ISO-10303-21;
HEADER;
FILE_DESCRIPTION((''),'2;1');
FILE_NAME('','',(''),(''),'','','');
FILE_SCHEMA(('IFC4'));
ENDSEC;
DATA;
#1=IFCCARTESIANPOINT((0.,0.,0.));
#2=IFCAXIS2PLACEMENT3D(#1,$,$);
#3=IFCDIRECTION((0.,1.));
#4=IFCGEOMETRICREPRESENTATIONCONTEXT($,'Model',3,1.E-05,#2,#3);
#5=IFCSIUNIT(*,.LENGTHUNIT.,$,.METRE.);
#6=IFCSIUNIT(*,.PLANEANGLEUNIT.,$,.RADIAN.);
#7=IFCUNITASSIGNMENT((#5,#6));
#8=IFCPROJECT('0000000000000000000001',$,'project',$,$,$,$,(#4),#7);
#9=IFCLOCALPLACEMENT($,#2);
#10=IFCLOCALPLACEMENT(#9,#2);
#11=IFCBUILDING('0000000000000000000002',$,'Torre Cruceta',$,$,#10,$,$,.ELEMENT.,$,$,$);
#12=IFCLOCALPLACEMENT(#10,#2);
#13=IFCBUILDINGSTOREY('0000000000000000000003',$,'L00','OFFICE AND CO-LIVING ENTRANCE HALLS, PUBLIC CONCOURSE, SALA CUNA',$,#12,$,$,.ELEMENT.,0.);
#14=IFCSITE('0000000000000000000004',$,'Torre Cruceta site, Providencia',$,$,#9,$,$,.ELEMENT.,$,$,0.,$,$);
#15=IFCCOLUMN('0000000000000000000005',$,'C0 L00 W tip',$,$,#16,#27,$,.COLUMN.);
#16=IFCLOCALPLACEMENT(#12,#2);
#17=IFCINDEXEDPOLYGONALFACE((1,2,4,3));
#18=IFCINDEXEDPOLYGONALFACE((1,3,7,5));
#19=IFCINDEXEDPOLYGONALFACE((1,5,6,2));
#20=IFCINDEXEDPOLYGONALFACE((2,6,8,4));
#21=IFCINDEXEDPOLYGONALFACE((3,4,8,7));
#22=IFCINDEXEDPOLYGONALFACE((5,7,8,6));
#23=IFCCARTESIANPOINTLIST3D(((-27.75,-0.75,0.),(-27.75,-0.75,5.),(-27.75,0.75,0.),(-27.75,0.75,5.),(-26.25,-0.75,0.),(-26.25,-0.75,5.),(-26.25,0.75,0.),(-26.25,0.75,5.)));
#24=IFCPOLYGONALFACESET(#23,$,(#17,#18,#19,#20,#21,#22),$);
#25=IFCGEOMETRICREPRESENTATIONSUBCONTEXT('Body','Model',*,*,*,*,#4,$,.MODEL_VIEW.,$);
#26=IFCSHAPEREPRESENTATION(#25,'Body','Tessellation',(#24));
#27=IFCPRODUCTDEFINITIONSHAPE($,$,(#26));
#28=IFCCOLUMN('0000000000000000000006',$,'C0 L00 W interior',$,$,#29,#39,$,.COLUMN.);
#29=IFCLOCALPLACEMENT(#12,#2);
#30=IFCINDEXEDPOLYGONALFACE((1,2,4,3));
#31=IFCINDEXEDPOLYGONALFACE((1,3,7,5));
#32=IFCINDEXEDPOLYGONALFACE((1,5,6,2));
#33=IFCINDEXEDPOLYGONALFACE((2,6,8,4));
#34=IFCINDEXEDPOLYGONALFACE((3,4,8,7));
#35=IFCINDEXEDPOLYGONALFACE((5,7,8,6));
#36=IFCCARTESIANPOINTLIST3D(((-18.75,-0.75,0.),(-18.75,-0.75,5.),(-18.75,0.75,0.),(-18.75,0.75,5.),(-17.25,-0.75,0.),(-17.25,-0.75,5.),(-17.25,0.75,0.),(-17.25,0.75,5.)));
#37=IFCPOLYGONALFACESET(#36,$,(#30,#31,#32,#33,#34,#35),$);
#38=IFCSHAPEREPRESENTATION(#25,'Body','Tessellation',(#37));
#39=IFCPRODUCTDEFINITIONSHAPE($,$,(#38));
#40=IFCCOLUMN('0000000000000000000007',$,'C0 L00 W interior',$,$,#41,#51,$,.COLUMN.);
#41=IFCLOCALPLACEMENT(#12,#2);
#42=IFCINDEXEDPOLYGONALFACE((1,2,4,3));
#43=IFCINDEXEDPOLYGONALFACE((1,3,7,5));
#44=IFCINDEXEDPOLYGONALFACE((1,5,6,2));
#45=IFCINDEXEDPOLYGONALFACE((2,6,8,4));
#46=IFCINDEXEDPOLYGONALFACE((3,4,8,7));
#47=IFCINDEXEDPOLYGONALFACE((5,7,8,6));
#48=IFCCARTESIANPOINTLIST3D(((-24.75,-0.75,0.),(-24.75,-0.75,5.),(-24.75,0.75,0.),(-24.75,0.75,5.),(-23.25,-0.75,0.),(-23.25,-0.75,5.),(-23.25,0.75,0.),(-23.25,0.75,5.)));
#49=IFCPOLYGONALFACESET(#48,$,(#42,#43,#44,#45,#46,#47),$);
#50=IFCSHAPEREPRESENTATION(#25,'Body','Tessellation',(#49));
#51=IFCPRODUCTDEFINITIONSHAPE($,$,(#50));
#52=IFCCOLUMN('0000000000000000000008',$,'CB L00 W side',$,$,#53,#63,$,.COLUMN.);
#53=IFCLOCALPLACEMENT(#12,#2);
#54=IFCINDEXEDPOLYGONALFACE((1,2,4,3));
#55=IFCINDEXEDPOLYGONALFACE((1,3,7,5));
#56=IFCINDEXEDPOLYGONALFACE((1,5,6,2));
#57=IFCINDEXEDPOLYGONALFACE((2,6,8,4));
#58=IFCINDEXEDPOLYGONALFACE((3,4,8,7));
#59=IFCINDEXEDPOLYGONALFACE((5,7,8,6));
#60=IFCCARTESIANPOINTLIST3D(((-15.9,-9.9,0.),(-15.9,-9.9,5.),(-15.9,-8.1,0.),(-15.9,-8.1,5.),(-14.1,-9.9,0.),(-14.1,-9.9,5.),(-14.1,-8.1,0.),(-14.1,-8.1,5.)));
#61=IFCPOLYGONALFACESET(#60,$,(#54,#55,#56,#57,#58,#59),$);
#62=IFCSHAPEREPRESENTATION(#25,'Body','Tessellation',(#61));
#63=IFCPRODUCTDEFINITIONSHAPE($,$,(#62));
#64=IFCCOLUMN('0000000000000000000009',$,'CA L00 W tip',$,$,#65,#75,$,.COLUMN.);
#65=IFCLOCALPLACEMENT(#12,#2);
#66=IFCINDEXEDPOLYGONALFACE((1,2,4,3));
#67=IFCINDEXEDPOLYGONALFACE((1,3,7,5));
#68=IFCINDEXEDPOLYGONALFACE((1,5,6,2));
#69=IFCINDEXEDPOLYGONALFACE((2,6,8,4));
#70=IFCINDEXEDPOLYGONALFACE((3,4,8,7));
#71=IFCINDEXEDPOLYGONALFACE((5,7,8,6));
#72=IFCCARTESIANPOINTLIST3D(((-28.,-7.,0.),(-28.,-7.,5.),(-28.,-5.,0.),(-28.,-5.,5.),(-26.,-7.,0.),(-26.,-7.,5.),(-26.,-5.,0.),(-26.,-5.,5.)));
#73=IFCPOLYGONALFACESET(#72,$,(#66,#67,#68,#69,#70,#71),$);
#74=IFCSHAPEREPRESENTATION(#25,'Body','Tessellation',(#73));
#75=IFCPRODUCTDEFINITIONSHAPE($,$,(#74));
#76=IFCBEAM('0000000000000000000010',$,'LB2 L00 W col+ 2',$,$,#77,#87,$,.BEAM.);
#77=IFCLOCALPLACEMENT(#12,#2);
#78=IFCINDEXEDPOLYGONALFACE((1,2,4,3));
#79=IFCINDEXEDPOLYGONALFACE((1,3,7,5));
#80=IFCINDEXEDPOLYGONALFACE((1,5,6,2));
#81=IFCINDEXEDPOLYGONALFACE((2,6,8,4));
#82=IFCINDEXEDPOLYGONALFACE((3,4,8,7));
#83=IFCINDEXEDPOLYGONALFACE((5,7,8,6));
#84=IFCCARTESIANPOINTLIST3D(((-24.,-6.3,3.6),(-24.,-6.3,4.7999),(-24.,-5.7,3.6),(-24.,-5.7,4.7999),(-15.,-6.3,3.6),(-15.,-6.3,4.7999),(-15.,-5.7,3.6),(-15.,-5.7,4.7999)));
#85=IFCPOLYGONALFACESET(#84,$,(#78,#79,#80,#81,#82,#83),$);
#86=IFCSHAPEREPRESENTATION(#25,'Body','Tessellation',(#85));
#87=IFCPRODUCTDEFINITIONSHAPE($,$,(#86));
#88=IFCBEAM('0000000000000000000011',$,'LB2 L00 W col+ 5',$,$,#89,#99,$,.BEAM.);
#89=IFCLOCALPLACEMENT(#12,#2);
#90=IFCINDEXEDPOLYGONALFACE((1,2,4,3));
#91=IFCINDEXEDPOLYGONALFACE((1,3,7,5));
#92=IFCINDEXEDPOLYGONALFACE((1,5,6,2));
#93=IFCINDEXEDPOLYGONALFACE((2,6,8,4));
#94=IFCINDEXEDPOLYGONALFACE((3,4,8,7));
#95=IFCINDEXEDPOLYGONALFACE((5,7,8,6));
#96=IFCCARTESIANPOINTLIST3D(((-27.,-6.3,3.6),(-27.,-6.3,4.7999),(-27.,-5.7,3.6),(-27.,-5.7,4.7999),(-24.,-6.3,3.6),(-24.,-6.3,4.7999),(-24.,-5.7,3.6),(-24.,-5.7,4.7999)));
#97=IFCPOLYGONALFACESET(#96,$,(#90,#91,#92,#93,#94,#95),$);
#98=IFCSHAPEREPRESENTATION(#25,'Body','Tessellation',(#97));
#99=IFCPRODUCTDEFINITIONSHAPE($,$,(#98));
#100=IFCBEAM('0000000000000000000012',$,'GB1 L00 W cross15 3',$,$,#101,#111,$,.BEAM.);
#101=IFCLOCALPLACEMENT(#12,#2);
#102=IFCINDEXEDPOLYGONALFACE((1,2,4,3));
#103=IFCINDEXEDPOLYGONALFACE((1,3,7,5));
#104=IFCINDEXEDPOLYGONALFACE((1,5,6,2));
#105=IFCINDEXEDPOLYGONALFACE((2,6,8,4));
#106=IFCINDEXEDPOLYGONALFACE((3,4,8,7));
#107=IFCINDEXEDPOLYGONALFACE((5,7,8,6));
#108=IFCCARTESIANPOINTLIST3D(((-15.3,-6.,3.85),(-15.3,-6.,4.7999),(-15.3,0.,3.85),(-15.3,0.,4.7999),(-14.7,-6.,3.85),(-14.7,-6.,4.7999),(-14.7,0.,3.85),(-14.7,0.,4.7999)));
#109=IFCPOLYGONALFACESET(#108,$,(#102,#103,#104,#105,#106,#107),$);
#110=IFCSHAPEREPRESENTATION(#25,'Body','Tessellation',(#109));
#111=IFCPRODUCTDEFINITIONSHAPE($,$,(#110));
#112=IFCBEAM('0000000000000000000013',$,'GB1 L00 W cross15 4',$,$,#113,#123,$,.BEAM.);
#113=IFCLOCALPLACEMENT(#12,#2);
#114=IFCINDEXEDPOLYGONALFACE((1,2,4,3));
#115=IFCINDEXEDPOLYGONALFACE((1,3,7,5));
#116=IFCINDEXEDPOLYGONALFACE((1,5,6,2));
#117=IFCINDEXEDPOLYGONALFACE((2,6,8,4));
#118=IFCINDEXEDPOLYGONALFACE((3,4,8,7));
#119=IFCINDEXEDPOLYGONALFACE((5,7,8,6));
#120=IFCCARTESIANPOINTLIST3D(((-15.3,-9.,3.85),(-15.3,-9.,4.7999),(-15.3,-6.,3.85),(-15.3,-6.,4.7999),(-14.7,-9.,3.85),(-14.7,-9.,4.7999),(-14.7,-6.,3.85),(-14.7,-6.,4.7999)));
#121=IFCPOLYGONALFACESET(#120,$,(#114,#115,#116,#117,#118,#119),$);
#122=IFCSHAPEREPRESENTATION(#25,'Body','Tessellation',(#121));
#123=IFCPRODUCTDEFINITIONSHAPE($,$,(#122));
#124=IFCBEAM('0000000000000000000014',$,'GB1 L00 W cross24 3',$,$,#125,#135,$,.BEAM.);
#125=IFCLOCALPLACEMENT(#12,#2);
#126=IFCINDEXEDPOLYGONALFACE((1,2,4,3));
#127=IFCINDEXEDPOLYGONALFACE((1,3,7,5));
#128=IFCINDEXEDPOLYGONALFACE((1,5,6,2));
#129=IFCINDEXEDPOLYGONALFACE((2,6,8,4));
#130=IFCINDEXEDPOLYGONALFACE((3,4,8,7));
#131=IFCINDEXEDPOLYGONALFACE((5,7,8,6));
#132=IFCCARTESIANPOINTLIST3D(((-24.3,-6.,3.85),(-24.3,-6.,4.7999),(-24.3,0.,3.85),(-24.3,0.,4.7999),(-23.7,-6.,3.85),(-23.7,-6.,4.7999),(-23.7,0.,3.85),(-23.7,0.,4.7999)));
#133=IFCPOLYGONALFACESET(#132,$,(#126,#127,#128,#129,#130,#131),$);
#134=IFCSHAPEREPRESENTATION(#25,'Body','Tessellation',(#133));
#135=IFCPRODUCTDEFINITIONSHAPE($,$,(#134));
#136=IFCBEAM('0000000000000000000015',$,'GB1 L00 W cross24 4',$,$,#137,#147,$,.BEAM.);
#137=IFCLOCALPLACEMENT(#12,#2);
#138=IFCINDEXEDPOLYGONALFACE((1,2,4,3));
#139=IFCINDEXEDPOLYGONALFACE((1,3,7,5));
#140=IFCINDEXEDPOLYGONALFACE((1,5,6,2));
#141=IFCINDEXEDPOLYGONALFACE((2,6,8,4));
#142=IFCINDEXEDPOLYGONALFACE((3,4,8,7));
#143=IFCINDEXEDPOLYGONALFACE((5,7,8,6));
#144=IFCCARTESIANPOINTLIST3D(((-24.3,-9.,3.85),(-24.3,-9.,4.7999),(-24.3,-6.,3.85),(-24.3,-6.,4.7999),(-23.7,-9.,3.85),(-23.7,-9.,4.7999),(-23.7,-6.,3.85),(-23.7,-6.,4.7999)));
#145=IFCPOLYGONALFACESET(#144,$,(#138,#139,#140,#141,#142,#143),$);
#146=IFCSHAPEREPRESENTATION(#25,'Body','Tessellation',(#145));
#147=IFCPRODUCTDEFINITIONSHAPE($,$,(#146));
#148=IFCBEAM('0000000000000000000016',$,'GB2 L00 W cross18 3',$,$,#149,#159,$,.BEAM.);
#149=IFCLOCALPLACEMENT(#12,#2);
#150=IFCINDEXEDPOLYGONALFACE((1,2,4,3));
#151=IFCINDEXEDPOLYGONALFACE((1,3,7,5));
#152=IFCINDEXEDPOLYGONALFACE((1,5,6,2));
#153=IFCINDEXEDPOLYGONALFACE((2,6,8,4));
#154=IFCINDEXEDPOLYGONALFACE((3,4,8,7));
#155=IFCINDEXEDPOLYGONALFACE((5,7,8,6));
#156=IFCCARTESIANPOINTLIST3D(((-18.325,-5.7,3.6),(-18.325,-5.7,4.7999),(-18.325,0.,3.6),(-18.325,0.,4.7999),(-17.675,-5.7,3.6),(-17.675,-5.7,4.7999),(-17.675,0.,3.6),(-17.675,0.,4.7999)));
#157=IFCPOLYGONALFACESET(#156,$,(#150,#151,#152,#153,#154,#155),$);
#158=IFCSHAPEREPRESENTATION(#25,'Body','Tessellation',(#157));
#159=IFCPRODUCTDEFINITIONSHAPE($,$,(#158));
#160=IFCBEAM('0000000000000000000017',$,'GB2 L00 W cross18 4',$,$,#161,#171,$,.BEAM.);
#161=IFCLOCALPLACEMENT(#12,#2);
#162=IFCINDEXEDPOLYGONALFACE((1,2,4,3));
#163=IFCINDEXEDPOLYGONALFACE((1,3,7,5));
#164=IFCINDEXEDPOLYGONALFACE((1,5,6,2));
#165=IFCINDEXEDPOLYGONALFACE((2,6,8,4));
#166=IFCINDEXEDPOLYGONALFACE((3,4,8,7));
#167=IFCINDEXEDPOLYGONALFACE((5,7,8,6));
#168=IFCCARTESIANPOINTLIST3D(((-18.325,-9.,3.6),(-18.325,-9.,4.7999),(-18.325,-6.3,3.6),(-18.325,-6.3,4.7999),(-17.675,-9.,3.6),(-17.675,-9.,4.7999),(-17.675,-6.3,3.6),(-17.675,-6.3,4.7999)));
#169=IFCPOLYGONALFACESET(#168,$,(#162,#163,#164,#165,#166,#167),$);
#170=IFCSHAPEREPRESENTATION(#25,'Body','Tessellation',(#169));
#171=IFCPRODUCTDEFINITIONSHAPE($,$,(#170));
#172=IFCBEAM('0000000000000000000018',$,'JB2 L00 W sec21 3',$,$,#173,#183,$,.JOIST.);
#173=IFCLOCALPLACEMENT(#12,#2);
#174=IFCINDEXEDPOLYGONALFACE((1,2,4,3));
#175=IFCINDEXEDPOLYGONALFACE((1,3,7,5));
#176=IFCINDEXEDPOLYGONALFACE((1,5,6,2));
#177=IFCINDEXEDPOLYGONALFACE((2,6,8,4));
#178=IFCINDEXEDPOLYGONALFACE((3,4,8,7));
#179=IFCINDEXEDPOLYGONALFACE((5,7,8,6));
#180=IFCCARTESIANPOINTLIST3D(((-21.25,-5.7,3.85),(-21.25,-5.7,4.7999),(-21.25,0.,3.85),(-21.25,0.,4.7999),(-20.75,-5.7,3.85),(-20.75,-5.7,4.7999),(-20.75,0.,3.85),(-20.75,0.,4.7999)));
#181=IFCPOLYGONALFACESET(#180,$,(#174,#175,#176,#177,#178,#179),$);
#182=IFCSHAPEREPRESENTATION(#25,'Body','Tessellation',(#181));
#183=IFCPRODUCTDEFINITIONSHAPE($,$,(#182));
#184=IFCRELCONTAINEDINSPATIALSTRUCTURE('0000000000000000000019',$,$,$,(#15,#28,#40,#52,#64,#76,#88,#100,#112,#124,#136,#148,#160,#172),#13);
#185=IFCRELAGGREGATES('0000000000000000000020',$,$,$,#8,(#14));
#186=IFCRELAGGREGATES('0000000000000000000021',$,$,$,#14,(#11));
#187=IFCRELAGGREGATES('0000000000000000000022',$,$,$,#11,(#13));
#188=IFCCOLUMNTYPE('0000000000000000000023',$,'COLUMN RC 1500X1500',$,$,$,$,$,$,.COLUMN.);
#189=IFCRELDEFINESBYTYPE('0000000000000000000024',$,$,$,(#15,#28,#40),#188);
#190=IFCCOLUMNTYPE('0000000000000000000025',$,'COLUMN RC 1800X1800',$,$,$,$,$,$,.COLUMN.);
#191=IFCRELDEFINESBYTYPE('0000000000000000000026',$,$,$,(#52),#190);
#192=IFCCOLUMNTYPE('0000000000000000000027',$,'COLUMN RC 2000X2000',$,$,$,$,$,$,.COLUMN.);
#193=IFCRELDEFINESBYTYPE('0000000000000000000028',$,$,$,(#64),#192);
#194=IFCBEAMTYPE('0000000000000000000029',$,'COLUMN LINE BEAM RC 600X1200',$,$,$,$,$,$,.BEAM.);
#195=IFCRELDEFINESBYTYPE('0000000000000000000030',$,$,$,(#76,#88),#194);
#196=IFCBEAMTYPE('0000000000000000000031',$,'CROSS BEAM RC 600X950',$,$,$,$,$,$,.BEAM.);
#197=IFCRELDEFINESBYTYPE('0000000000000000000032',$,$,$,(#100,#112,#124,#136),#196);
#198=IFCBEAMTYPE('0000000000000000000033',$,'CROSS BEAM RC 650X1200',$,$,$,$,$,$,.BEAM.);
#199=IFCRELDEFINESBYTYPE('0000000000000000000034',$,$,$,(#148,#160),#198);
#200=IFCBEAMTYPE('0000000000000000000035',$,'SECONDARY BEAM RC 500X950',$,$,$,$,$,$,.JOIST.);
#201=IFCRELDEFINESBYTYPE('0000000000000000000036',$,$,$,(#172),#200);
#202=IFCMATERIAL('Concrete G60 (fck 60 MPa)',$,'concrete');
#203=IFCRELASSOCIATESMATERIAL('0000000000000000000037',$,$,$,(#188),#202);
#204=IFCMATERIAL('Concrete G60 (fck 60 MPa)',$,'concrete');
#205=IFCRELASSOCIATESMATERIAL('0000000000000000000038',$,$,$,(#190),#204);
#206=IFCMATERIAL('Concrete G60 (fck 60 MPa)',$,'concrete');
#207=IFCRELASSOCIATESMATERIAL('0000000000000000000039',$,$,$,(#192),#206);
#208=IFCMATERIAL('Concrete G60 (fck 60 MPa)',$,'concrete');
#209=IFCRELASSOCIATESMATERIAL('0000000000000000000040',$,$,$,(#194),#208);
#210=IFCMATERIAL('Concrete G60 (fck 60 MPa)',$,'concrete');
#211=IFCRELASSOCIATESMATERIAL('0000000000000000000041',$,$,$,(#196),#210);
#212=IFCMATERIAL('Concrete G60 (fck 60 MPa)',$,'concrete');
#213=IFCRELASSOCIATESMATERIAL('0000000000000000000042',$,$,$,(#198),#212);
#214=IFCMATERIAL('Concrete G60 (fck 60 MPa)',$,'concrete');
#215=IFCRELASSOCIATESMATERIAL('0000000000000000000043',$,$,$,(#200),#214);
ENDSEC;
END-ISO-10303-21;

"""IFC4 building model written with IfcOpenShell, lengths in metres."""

from ifc_helpers import new_model, si_unit, direction, frame, origin, origin_2d, place, context, subcontext, project, spatial, rectangle, extrude, material, material_profile, profile_set, type_object, element, save


model = new_model("IFC4")

# Units and contexts
model_context = context("Model", 3, precision=1e-05, world=origin(), true_north=direction((0.0, 1.0)))
body_context = subcontext(model_context, "Body", "Model", "MODEL_VIEW")
ifc_project = project(units=[si_unit("LENGTHUNIT", "METRE"), si_unit("PLANEANGLEUNIT", "RADIAN")], contexts=[model_context])

# Site, building, storey
site_placement = place(None, origin())
site = spatial("IfcSite", under=ifc_project, at=site_placement, Name="Torre Cruceta site, Providencia", CompositionType="ELEMENT", RefElevation=0.0)
building_placement = place(site_placement, origin())
building = spatial("IfcBuilding", under=site, at=building_placement, Name="Torre Cruceta", CompositionType="ELEMENT")
storey_placement = place(building_placement, origin())
storey = spatial("IfcBuildingStorey", under=building, at=storey_placement, Name="L00", Description="OFFICE AND CO-LIVING ENTRANCE HALLS, PUBLIC CONCOURSE, SALA CUNA", CompositionType="ELEMENT", Elevation=0.0)

# Columns
ifc_material_1 = material(Name="Concrete G60 (fck 60 MPa)", Category="concrete")
ifc_material_profile_1 = material_profile(ifc_material_1, rectangle(XDim=1.5, YDim=1.5, at=origin_2d()), Name="RC 1500X1500")
ifc_profile_set_1 = profile_set([ifc_material_profile_1], Name="Concrete G60 (fck 60 MPa)")
column_type_1 = type_object("IfcColumnType", Name="COLUMN RC 1500X1500", PredefinedType="COLUMN", material=ifc_profile_set_1)
for number, where, z_axis, x_axis, name in (
    (1, (-27.0, 0.0, 0.0), (0.0, 0.0, 1.0), (1.0, 0.0, 0.0), "C0 L00 W tip"),
    (2, (-18.0, 0.0, 0.0), (0.0, 0.0, 1.0), (1.0, 0.0, 0.0), "C0 L00 W interior"),
    (3, (-24.0, 0.0, 0.0), (0.0, 0.0, 1.0), (1.0, 0.0, 0.0), "C0 L00 W interior"),
):
    element("IfcColumn", number, at=place(storey_placement, frame(where, z_axis=z_axis, x_axis=x_axis)), inside=storey, type_object=column_type_1, Name=name, PredefinedType="COLUMN", context=body_context, shape_type="SweptSolid", body=[
        extrude(rectangle(XDim=1.5, YDim=1.5, at=origin_2d()), origin(), (0.0, 0.0, 1.0), 5.0),
    ])
ifc_material_2 = material(Name="Concrete G60 (fck 60 MPa)", Category="concrete")
ifc_material_profile_2 = material_profile(ifc_material_2, rectangle(XDim=1.8, YDim=1.8, at=origin_2d()), Name="RC 1800X1800")
ifc_profile_set_2 = profile_set([ifc_material_profile_2], Name="Concrete G60 (fck 60 MPa)")
column_type_2 = type_object("IfcColumnType", Name="COLUMN RC 1800X1800", PredefinedType="COLUMN", material=ifc_profile_set_2)
column_1_placement = place(storey_placement, frame((-15.0, -9.0, 0.0), z_axis=(0.0, 0.0, 1.0), x_axis=(1.0, 0.0, 0.0)))
element("IfcColumn", 4, at=column_1_placement, inside=storey, type_object=column_type_2, Name="CB L00 W side", PredefinedType="COLUMN", context=body_context, shape_type="SweptSolid", body=[
    extrude(rectangle(XDim=1.8, YDim=1.8, at=origin_2d()), origin(), (0.0, 0.0, 1.0), 5.0),
])
ifc_material_3 = material(Name="Concrete G60 (fck 60 MPa)", Category="concrete")
ifc_material_profile_3 = material_profile(ifc_material_3, rectangle(XDim=2.0, YDim=2.0, at=origin_2d()), Name="RC 2000X2000")
ifc_profile_set_3 = profile_set([ifc_material_profile_3], Name="Concrete G60 (fck 60 MPa)")
column_type_3 = type_object("IfcColumnType", Name="COLUMN RC 2000X2000", PredefinedType="COLUMN", material=ifc_profile_set_3)
column_2_placement = place(storey_placement, frame((-27.0, -6.0, 0.0), z_axis=(0.0, 0.0, 1.0), x_axis=(1.0, 0.0, 0.0)))
element("IfcColumn", 5, at=column_2_placement, inside=storey, type_object=column_type_3, Name="CA L00 W tip", PredefinedType="COLUMN", context=body_context, shape_type="SweptSolid", body=[
    extrude(rectangle(XDim=2.0, YDim=2.0, at=origin_2d()), origin(), (0.0, 0.0, 1.0), 5.0),
])

# Beams
ifc_material_4 = material(Name="Concrete G60 (fck 60 MPa)", Category="concrete")
ifc_material_profile_4 = material_profile(ifc_material_4, rectangle(XDim=0.6001, YDim=1.2, at=origin_2d()), Name="RC 600X1200")
ifc_profile_set_4 = profile_set([ifc_material_profile_4], Name="Concrete G60 (fck 60 MPa)")
beam_type_1 = type_object("IfcBeamType", Name="COLUMN LINE BEAM RC 600X1200", PredefinedType="BEAM", material=ifc_profile_set_4)
beam_1_placement = place(storey_placement, frame((-15.0, -6.0, 4.2), z_axis=(-1.0, 0.0, 0.0), x_axis=(0.0, -1.0, 0.0)))
element("IfcBeam", 6, at=beam_1_placement, inside=storey, type_object=beam_type_1, Name="LB2 L00 W col+ 2", PredefinedType="BEAM", context=body_context, shape_type="SweptSolid", body=[
    extrude(rectangle(XDim=0.6001, YDim=1.2, at=origin_2d()), origin(), (0.0, 0.0, 1.0), 9.0),
])
beam_2_placement = place(storey_placement, frame((-24.0, -6.0, 4.2), z_axis=(-1.0, 0.0, 0.0), x_axis=(0.0, -1.0, 0.0)))
element("IfcBeam", 7, at=beam_2_placement, inside=storey, type_object=beam_type_1, Name="LB2 L00 W col+ 5", PredefinedType="BEAM", context=body_context, shape_type="SweptSolid", body=[
    extrude(rectangle(XDim=0.6001, YDim=1.2, at=origin_2d()), origin(), (0.0, 0.0, 1.0), 3.0),
])
ifc_material_5 = material(Name="Concrete G60 (fck 60 MPa)", Category="concrete")
ifc_material_profile_5 = material_profile(ifc_material_5, rectangle(XDim=0.6001, YDim=0.95, at=origin_2d()), Name="RC 600X950")
ifc_profile_set_5 = profile_set([ifc_material_profile_5], Name="Concrete G60 (fck 60 MPa)")
beam_type_2 = type_object("IfcBeamType", Name="CROSS BEAM RC 600X950", PredefinedType="BEAM", material=ifc_profile_set_5)
beam_3_placement = place(storey_placement, frame((-15.0, 0.0, 4.325), z_axis=(0.0, -1.0, 0.0), x_axis=(1.0, 0.0, 0.0)))
element("IfcBeam", 8, at=beam_3_placement, inside=storey, type_object=beam_type_2, Name="GB1 L00 W cross15 3", PredefinedType="BEAM", context=body_context, shape_type="SweptSolid", body=[
    extrude(rectangle(XDim=0.6001, YDim=0.95, at=origin_2d()), origin(), (0.0, 0.0, 1.0), 6.0),
])
beam_4_placement = place(storey_placement, frame((-15.0, -6.0, 4.325), z_axis=(0.0, -1.0, 0.0), x_axis=(1.0, 0.0, 0.0)))
element("IfcBeam", 9, at=beam_4_placement, inside=storey, type_object=beam_type_2, Name="GB1 L00 W cross15 4", PredefinedType="BEAM", context=body_context, shape_type="SweptSolid", body=[
    extrude(rectangle(XDim=0.6001, YDim=0.95, at=origin_2d()), origin(), (0.0, 0.0, 1.0), 3.0),
])
beam_5_placement = place(storey_placement, frame((-24.0, 0.0, 4.325), z_axis=(0.0, -1.0, 0.0), x_axis=(1.0, 0.0, 0.0)))
element("IfcBeam", 10, at=beam_5_placement, inside=storey, type_object=beam_type_2, Name="GB1 L00 W cross24 3", PredefinedType="BEAM", context=body_context, shape_type="SweptSolid", body=[
    extrude(rectangle(XDim=0.6001, YDim=0.95, at=origin_2d()), origin(), (0.0, 0.0, 1.0), 6.0),
])
beam_6_placement = place(storey_placement, frame((-24.0, -6.0, 4.325), z_axis=(0.0, -1.0, 0.0), x_axis=(1.0, 0.0, 0.0)))
element("IfcBeam", 11, at=beam_6_placement, inside=storey, type_object=beam_type_2, Name="GB1 L00 W cross24 4", PredefinedType="BEAM", context=body_context, shape_type="SweptSolid", body=[
    extrude(rectangle(XDim=0.6001, YDim=0.95, at=origin_2d()), origin(), (0.0, 0.0, 1.0), 3.0),
])
ifc_material_6 = material(Name="Concrete G60 (fck 60 MPa)", Category="concrete")
ifc_material_profile_6 = material_profile(ifc_material_6, rectangle(XDim=0.6499, YDim=1.2, at=origin_2d()), Name="RC 650X1200")
ifc_profile_set_6 = profile_set([ifc_material_profile_6], Name="Concrete G60 (fck 60 MPa)")
beam_type_3 = type_object("IfcBeamType", Name="CROSS BEAM RC 650X1200", PredefinedType="BEAM", material=ifc_profile_set_6)
beam_7_placement = place(storey_placement, frame((-18.0, 0.0, 4.2), z_axis=(0.0, -1.0, 0.0), x_axis=(1.0, 0.0, 0.0)))
element("IfcBeam", 12, at=beam_7_placement, inside=storey, type_object=beam_type_3, Name="GB2 L00 W cross18 3", PredefinedType="BEAM", context=body_context, shape_type="SweptSolid", body=[
    extrude(rectangle(XDim=0.6499, YDim=1.2, at=origin_2d()), origin(), (0.0, 0.0, 1.0), 5.7),
])
beam_8_placement = place(storey_placement, frame((-18.0, -6.3, 4.2), z_axis=(0.0, -1.0, 0.0), x_axis=(1.0, 0.0, 0.0)))
element("IfcBeam", 13, at=beam_8_placement, inside=storey, type_object=beam_type_3, Name="GB2 L00 W cross18 4", PredefinedType="BEAM", context=body_context, shape_type="SweptSolid", body=[
    extrude(rectangle(XDim=0.6499, YDim=1.2, at=origin_2d()), origin(), (0.0, 0.0, 1.0), 2.7),
])
ifc_material_7 = material(Name="Concrete G60 (fck 60 MPa)", Category="concrete")
ifc_material_profile_7 = material_profile(ifc_material_7, rectangle(XDim=0.5, YDim=0.95, at=origin_2d()), Name="RC 500X950")
ifc_profile_set_7 = profile_set([ifc_material_profile_7], Name="Concrete G60 (fck 60 MPa)")
beam_type_4 = type_object("IfcBeamType", Name="SECONDARY BEAM RC 500X950", PredefinedType="JOIST", material=ifc_profile_set_7)
beam_9_placement = place(storey_placement, frame((-21.0, 0.0, 4.325), z_axis=(0.0, -1.0, 0.0), x_axis=(1.0, 0.0, 0.0)))
element("IfcBeam", 14, at=beam_9_placement, inside=storey, type_object=beam_type_4, Name="JB2 L00 W sec21 3", PredefinedType="JOIST", context=body_context, shape_type="SweptSolid", body=[
    extrude(rectangle(XDim=0.5, YDim=0.95, at=origin_2d()), origin(), (0.0, 0.0, 1.0), 5.7),
])

save(model, "model.ifc")
